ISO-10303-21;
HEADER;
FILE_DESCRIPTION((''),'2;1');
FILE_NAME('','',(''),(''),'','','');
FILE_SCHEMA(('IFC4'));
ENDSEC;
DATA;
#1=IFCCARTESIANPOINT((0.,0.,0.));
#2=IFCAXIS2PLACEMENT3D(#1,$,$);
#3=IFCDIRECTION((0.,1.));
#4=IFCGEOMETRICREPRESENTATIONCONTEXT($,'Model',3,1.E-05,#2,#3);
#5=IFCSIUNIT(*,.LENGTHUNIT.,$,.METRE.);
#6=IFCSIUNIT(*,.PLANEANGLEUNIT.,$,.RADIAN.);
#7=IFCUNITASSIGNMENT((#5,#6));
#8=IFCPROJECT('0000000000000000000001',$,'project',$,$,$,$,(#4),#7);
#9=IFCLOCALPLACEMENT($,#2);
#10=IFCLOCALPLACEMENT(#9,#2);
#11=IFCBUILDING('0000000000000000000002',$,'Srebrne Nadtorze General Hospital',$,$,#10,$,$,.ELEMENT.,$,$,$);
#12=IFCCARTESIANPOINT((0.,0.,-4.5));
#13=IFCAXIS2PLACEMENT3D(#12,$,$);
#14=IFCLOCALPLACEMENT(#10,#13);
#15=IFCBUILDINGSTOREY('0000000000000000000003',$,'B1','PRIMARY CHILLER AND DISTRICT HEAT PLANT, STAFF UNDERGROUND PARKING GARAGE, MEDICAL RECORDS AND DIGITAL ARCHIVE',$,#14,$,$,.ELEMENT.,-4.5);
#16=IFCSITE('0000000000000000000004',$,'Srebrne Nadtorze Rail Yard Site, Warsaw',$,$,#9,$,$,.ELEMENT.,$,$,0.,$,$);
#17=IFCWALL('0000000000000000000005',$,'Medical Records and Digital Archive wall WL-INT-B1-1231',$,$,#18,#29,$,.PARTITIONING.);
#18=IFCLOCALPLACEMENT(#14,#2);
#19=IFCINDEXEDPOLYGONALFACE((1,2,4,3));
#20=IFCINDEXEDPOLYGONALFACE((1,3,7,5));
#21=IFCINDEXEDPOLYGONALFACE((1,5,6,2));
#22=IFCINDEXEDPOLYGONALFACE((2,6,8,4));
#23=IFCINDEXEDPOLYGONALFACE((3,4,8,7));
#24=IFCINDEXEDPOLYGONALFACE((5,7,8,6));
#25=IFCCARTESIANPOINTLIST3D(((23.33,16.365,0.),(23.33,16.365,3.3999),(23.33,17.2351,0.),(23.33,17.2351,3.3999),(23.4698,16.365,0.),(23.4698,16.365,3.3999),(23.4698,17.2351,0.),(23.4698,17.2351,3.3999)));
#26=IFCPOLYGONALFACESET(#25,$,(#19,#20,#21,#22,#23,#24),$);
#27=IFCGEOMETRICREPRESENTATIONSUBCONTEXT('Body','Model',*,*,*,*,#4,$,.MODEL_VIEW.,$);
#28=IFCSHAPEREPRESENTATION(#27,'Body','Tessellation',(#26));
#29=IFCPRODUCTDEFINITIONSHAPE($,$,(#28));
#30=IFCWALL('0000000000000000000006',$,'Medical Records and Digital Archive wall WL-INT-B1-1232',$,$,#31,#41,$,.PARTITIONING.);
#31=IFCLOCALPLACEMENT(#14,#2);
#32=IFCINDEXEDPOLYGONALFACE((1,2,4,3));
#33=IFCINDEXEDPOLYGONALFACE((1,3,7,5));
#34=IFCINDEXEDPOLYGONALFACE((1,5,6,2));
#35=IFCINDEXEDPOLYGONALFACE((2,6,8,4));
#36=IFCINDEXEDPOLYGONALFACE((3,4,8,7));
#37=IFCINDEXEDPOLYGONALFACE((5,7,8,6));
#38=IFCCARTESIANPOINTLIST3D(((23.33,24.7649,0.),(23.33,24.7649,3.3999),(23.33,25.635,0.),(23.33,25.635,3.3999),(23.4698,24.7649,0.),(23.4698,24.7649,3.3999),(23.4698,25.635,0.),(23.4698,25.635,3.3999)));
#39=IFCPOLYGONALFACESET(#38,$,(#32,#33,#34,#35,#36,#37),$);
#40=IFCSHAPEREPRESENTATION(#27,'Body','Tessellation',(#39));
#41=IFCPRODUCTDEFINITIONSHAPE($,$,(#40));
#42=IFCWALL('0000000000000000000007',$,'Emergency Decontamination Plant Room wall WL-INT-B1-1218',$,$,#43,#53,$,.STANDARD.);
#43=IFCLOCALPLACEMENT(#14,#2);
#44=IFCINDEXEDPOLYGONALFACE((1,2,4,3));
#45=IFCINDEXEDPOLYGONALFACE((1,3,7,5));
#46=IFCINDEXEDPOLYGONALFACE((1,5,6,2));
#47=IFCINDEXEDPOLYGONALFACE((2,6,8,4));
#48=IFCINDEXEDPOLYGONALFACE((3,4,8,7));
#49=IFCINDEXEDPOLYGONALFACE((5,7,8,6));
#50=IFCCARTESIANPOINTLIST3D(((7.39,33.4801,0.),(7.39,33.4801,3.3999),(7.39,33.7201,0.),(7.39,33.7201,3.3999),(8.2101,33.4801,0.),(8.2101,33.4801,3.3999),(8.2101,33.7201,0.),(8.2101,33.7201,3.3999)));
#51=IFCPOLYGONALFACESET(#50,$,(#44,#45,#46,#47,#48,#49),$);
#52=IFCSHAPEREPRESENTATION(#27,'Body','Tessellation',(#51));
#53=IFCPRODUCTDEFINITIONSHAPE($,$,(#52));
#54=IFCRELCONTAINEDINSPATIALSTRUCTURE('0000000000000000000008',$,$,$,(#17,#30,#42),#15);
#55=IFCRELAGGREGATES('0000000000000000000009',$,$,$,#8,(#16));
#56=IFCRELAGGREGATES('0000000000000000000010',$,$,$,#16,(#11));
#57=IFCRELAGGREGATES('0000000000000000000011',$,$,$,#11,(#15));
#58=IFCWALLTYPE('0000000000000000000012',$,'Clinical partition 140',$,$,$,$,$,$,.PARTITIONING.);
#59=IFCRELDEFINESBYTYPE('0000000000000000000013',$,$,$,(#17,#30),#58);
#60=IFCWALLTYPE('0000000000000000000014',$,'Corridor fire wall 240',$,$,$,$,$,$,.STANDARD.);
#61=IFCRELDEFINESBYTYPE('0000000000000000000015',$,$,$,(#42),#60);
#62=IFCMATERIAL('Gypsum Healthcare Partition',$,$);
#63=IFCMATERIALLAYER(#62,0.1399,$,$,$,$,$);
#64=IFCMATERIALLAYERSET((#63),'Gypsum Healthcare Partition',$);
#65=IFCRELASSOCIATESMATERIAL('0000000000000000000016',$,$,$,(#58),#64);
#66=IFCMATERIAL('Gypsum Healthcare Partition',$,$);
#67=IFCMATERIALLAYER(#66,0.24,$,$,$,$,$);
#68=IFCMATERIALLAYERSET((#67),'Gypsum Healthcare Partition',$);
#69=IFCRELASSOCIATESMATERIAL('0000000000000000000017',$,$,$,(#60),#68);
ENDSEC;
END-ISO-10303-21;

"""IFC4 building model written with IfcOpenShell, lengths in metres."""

from ifc_helpers import new_model, si_unit, direction, frame, frame_2d, origin, place, context, subcontext, project, spatial, rectangle, extrude, material, layer, layer_set, type_object, element, save


model = new_model("IFC4")

# Units and contexts
model_context = context("Model", 3, precision=1e-05, world=origin(), true_north=direction((0.0, 1.0)))
body_context = subcontext(model_context, "Body", "Model", "MODEL_VIEW")
ifc_project = project(units=[si_unit("LENGTHUNIT", "METRE"), si_unit("PLANEANGLEUNIT", "RADIAN")], contexts=[model_context])

# Site, building, storey
site_placement = place(None, origin())
site = spatial("IfcSite", under=ifc_project, at=site_placement, Name="Srebrne Nadtorze Rail Yard Site, Warsaw", CompositionType="ELEMENT", RefElevation=0.0)
building_placement = place(site_placement, origin())
building = spatial("IfcBuilding", under=site, at=building_placement, Name="Srebrne Nadtorze General Hospital", CompositionType="ELEMENT")
storey_placement = place(building_placement, frame((0.0, 0.0, -4.5)))
storey = spatial("IfcBuildingStorey", under=building, at=storey_placement, Name="B1", Description="PRIMARY CHILLER AND DISTRICT HEAT PLANT, STAFF UNDERGROUND PARKING GARAGE, MEDICAL RECORDS AND DIGITAL ARCHIVE", CompositionType="ELEMENT", Elevation=-4.5)

# Shared definitions
ifc_material_1 = material(Name="Gypsum Healthcare Partition")
ifc_layer_1 = layer(ifc_material_1, 0.1399)
ifc_layer_set_1 = layer_set([ifc_layer_1], Name="Gypsum Healthcare Partition")
wall_type_1 = type_object("IfcWallType", Name="Clinical partition 140", PredefinedType="PARTITIONING", material=ifc_layer_set_1)

# Walls
for number, where, z_axis, x_axis, name in (
    (1, (23.3999, 16.365, 0.0), (0.0, 0.0, 1.0), (0.0, 1.0, 0.0), "Medical Records and Digital Archive wall WL-INT-B1-1231"),
    (2, (23.3999, 24.7649, 0.0), (0.0, 0.0, 1.0), (0.0, 1.0, 0.0), "Medical Records and Digital Archive wall WL-INT-B1-1232"),
):
    element("IfcWall", number, at=place(storey_placement, frame(where, z_axis=z_axis, x_axis=x_axis)), inside=storey, type_object=wall_type_1, Name=name, PredefinedType="PARTITIONING", context=body_context, shape_type="SweptSolid", body=[
        extrude(rectangle(XDim=0.8701, YDim=0.1399, at=frame_2d((0.4351, 0.0))), origin(), (0.0, 0.0, 1.0), 3.3999),
    ])
ifc_material_2 = material(Name="Gypsum Healthcare Partition")
ifc_layer_2 = layer(ifc_material_2, 0.24)
ifc_layer_set_2 = layer_set([ifc_layer_2], Name="Gypsum Healthcare Partition")
wall_type_2 = type_object("IfcWallType", Name="Corridor fire wall 240", PredefinedType="STANDARD", material=ifc_layer_set_2)
wall_1_placement = place(storey_placement, frame((7.3899, 33.6001, 0.0), z_axis=(0.0, 0.0, 1.0), x_axis=(1.0, 0.0, 0.0)))
element("IfcWall", 3, at=wall_1_placement, inside=storey, type_object=wall_type_2, Name="Emergency Decontamination Plant Room wall WL-INT-B1-1218", PredefinedType="STANDARD", context=body_context, shape_type="SweptSolid", body=[
    extrude(rectangle(XDim=0.8201, YDim=0.24, at=frame_2d((0.4102, 0.0))), origin(), (0.0, 0.0, 1.0), 3.3999),
])

save(model, "model.ifc")
